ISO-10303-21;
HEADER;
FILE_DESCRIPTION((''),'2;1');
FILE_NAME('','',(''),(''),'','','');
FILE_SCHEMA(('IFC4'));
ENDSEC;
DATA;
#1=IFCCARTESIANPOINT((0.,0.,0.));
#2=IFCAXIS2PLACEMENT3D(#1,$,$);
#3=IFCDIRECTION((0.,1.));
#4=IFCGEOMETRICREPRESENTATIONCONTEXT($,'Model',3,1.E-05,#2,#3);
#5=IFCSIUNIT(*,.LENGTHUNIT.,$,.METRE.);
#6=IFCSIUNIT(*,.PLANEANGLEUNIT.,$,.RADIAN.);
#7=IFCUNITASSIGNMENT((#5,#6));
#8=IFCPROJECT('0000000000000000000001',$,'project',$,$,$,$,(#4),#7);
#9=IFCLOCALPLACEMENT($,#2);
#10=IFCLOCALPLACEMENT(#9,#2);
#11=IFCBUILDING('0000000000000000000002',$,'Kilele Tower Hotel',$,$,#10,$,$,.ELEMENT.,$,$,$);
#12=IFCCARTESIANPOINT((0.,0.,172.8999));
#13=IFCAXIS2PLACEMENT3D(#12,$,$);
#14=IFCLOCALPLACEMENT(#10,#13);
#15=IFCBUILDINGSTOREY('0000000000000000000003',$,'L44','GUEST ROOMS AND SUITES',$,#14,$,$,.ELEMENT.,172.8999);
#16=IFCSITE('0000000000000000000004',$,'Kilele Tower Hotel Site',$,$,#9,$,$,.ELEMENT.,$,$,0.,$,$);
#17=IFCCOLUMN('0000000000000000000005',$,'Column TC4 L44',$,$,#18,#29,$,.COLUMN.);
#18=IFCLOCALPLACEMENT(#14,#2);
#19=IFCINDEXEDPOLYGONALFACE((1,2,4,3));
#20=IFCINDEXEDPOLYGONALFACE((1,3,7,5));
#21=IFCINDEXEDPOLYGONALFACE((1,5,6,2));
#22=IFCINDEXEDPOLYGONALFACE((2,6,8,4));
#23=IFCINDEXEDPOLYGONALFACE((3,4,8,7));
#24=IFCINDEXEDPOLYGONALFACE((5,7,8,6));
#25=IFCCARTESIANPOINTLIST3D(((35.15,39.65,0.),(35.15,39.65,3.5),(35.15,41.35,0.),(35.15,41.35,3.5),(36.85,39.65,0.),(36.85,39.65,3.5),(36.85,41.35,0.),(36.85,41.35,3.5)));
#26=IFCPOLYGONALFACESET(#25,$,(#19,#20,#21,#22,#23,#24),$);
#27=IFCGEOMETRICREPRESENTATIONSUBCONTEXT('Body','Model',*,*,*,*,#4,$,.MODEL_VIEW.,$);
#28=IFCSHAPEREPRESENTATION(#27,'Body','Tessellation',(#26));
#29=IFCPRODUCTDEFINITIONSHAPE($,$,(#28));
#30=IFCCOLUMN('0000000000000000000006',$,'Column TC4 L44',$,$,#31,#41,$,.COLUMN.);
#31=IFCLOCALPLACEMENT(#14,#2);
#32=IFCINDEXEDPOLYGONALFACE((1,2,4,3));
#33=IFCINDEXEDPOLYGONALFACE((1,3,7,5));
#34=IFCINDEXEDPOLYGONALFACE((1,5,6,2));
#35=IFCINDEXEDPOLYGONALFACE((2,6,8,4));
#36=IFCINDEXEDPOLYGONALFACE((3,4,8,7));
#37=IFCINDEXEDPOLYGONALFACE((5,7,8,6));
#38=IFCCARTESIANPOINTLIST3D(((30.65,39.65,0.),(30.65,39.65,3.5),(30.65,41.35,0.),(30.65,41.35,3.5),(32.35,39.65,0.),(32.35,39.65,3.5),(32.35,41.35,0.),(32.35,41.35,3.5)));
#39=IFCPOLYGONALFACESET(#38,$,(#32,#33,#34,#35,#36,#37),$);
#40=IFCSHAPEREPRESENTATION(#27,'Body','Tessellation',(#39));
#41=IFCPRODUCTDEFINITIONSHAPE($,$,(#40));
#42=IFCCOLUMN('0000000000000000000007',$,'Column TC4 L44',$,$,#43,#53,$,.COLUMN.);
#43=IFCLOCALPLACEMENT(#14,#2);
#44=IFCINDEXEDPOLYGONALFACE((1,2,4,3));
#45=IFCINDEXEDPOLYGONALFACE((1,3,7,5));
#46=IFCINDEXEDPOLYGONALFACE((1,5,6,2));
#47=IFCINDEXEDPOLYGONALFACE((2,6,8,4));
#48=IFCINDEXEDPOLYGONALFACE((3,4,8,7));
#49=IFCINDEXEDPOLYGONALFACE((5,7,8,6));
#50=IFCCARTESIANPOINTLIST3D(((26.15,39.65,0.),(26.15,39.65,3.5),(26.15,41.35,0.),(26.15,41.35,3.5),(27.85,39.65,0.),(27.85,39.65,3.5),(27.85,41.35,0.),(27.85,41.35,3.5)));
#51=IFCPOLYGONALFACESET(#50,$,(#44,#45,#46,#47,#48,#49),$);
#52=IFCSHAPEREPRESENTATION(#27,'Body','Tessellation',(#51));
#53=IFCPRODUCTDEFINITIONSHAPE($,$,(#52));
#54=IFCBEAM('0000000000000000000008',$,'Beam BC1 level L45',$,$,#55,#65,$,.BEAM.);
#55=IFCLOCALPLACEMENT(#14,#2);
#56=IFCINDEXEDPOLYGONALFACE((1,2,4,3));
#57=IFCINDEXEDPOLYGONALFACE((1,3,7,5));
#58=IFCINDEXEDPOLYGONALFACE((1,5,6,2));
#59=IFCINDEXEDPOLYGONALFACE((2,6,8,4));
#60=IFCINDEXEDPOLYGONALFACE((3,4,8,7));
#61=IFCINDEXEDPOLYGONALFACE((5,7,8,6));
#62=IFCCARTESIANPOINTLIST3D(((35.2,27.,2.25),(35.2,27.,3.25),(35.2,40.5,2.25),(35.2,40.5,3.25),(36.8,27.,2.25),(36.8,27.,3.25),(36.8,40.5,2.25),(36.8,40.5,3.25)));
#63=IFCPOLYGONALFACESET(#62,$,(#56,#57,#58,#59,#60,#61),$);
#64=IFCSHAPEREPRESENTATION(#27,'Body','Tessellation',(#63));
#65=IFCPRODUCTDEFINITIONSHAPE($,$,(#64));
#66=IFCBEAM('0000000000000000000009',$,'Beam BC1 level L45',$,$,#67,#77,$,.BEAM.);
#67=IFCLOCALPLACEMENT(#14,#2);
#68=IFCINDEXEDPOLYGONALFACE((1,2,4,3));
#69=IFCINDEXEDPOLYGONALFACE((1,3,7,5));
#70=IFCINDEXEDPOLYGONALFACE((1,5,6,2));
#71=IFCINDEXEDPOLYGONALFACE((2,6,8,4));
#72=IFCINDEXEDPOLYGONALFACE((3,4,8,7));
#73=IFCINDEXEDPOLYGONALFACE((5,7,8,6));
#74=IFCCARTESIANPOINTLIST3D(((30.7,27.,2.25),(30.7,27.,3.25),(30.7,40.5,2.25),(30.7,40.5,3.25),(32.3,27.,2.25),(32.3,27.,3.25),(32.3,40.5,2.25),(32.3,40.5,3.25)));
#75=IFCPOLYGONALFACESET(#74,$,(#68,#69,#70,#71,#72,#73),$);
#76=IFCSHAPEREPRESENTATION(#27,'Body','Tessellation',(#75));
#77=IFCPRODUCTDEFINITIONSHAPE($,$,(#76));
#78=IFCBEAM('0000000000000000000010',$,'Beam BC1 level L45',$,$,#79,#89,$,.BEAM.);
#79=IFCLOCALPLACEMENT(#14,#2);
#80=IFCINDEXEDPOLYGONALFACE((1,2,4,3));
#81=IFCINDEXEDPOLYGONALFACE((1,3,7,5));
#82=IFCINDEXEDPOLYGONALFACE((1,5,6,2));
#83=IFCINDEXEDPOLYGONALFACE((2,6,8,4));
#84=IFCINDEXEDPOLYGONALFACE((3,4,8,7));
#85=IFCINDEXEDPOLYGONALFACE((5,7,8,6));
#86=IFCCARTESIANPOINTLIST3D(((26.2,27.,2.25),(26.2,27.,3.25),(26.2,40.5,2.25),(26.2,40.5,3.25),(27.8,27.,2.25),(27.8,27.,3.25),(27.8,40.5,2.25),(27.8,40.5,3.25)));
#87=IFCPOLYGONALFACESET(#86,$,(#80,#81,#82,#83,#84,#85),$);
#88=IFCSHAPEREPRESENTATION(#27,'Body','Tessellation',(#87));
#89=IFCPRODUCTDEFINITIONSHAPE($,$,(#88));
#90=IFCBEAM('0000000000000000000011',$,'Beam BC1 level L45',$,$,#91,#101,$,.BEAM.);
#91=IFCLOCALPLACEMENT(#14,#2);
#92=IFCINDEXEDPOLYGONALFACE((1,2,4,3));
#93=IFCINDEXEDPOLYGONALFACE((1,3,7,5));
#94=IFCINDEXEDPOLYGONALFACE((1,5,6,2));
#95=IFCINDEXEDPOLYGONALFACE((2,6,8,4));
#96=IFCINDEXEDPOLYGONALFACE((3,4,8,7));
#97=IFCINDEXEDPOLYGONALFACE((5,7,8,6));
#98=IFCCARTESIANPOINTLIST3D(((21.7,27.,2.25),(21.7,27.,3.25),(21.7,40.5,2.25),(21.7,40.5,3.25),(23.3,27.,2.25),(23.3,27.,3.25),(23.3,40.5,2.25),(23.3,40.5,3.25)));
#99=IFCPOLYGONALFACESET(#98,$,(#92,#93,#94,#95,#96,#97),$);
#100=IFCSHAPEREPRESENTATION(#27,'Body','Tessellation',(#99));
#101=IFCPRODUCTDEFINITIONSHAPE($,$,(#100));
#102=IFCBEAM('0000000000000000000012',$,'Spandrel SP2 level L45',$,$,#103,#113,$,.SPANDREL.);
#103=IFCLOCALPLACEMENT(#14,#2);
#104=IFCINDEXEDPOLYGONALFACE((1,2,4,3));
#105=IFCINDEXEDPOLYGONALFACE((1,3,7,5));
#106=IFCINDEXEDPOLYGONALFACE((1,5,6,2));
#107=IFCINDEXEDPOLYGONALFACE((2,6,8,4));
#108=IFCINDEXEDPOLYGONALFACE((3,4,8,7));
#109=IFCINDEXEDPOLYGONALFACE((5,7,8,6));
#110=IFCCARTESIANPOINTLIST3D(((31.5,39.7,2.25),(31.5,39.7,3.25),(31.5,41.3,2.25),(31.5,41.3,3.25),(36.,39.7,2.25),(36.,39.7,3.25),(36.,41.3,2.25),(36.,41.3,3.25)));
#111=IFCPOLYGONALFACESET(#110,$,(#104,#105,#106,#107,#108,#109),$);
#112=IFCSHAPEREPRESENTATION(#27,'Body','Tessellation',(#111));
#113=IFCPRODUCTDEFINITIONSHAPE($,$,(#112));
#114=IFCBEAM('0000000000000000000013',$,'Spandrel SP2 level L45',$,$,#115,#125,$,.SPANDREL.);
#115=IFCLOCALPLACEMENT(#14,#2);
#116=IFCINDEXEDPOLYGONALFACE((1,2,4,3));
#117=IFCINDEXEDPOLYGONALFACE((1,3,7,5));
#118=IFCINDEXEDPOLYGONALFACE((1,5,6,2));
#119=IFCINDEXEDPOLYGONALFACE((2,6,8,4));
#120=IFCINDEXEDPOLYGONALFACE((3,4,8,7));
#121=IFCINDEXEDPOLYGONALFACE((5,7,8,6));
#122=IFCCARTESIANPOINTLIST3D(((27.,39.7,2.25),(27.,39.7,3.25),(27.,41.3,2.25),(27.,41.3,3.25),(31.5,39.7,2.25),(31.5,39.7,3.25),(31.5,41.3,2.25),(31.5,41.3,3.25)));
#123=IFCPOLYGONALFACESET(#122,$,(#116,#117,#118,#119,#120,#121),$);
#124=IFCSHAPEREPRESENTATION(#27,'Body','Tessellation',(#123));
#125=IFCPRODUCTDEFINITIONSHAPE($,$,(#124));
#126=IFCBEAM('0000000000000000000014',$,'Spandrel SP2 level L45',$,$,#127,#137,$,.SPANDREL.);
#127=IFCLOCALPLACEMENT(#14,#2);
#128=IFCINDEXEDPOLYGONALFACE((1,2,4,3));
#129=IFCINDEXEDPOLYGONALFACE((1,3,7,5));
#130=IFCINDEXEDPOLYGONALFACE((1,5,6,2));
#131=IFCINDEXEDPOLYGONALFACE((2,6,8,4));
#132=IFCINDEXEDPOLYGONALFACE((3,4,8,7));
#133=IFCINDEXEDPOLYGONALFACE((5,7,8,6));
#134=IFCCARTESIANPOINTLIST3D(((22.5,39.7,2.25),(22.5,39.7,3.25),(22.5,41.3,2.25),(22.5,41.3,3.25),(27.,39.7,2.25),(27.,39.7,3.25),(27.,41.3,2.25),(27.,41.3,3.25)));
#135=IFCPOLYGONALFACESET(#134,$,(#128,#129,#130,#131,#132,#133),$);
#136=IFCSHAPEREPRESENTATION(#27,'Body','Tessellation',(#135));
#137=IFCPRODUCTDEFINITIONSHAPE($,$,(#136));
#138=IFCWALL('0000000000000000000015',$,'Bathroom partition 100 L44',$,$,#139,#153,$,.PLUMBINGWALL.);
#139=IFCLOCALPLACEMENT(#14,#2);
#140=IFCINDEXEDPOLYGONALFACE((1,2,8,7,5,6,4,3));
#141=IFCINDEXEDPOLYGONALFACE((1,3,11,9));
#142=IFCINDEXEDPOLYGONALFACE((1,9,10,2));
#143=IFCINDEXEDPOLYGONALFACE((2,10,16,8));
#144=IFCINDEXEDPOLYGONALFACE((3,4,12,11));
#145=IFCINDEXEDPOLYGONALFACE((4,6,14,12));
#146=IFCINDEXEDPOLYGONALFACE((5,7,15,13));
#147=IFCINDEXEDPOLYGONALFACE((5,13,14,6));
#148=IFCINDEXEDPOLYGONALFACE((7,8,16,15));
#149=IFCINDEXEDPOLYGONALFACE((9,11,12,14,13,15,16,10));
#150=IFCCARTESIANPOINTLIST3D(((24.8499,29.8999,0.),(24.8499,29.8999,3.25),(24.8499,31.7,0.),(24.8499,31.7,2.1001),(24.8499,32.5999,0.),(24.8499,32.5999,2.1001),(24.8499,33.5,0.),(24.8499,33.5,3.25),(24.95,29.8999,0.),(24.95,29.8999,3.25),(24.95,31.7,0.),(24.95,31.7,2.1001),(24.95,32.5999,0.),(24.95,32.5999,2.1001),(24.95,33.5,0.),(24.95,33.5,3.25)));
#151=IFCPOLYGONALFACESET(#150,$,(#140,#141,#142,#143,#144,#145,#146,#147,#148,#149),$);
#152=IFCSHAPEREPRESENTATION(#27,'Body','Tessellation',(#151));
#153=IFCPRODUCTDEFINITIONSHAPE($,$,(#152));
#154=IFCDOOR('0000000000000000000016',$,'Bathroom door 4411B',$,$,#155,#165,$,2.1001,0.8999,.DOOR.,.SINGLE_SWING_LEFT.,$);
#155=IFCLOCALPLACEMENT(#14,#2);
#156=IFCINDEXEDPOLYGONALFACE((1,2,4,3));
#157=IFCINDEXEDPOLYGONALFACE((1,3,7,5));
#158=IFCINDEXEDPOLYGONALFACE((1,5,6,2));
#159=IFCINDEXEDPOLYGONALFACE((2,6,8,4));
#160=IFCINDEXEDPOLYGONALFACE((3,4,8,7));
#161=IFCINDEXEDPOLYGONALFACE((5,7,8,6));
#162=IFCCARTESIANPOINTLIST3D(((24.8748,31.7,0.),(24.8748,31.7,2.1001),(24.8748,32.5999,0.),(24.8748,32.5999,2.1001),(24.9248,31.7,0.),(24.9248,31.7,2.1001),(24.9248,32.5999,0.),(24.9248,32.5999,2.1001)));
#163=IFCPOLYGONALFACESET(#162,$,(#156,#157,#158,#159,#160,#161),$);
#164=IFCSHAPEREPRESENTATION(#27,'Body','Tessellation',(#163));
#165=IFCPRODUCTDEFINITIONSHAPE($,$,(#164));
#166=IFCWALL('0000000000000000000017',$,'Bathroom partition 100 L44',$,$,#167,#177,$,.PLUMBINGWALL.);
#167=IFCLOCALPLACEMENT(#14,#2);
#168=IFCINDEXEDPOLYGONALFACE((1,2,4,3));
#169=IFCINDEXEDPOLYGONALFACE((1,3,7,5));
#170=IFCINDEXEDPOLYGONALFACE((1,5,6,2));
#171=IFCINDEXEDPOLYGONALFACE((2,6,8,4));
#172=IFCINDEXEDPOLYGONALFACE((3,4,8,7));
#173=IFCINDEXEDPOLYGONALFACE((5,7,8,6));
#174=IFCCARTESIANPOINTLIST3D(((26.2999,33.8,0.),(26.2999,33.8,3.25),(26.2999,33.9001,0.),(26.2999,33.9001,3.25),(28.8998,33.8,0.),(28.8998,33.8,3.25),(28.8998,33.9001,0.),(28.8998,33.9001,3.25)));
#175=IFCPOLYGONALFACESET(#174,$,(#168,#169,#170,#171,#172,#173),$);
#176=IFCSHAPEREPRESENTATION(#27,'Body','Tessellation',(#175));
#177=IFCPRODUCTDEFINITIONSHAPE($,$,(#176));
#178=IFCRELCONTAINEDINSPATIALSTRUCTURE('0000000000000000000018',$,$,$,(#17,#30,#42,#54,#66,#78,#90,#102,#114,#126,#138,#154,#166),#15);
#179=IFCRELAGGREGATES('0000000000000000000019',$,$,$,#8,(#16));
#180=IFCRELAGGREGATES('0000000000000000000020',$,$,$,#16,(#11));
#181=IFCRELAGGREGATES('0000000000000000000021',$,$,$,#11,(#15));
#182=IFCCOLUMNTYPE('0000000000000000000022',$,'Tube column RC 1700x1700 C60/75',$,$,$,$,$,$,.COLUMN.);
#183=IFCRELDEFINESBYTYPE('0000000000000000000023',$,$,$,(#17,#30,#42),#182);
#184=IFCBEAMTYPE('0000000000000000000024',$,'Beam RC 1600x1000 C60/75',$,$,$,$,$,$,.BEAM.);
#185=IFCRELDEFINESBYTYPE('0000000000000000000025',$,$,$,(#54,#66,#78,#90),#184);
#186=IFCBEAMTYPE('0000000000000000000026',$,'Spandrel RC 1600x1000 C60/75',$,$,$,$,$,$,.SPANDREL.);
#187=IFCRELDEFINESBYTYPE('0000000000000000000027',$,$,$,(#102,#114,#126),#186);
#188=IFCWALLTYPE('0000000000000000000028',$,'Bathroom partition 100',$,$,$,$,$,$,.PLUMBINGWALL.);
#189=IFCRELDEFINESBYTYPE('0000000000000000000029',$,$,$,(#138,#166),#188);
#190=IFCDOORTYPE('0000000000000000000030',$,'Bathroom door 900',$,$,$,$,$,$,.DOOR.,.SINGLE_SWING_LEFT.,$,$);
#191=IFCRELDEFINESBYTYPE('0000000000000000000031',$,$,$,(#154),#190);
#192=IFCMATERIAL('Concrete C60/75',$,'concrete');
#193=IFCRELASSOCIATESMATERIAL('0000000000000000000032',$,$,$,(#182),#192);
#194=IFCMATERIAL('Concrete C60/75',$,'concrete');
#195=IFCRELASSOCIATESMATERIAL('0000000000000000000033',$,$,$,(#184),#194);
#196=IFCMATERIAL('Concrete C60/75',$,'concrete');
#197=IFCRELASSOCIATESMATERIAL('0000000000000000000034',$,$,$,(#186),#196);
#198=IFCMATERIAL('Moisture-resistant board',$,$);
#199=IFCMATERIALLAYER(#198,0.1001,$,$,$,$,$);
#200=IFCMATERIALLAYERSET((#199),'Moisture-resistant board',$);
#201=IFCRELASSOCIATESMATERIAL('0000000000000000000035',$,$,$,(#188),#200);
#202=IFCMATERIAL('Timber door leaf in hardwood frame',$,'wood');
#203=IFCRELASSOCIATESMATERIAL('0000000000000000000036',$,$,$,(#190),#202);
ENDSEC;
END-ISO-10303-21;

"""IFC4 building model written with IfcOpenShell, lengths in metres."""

from ifc_helpers import new_model, si_unit, direction, frame, frame_2d, origin, origin_2d, place, context, subcontext, project, spatial, rectangle, extrude, material, layer, layer_set, material_profile, profile_set, type_object, element, fill, save


model = new_model("IFC4")

# Units and contexts
model_context = context("Model", 3, precision=1e-05, world=origin(), true_north=direction((0.0, 1.0)))
body_context = subcontext(model_context, "Body", "Model", "MODEL_VIEW")
ifc_project = project(units=[si_unit("LENGTHUNIT", "METRE"), si_unit("PLANEANGLEUNIT", "RADIAN")], contexts=[model_context])

# Site, building, storey
site_placement = place(None, origin())
site = spatial("IfcSite", under=ifc_project, at=site_placement, Name="Kilele Tower Hotel Site", CompositionType="ELEMENT", RefElevation=0.0)
building_placement = place(site_placement, origin())
building = spatial("IfcBuilding", under=site, at=building_placement, Name="Kilele Tower Hotel", CompositionType="ELEMENT")
storey_placement = place(building_placement, frame((0.0, 0.0, 172.8999)))
storey = spatial("IfcBuildingStorey", under=building, at=storey_placement, Name="L44", Description="GUEST ROOMS AND SUITES", CompositionType="ELEMENT", Elevation=172.8999)

# Columns
ifc_material_1 = material(Name="Concrete C60/75", Category="concrete")
ifc_material_profile_1 = material_profile(ifc_material_1, rectangle(XDim=1.7, YDim=1.7, at=origin_2d()))
ifc_profile_set_1 = profile_set([ifc_material_profile_1], Name="Concrete C60/75")
column_type = type_object("IfcColumnType", Name="Tube column RC 1700x1700 C60/75", PredefinedType="COLUMN", material=ifc_profile_set_1)
for number, where, z_axis, x_axis, name in (
    (1, (36.0, 40.5, 0.0), (0.0, 0.0, 1.0), (1.0, 0.0, 0.0), "Column TC4 L44"),
    (2, (31.5, 40.5, 0.0), (0.0, 0.0, 1.0), (1.0, 0.0, 0.0), "Column TC4 L44"),
    (3, (27.0, 40.5, 0.0), (0.0, 0.0, 1.0), (1.0, 0.0, 0.0), "Column TC4 L44"),
):
    element("IfcColumn", number, at=place(storey_placement, frame(where, z_axis=z_axis, x_axis=x_axis)), inside=storey, type_object=column_type, Name=name, PredefinedType="COLUMN", context=body_context, shape_type="SweptSolid", body=[
        extrude(rectangle(XDim=1.7, YDim=1.7, at=origin_2d()), origin(), (0.0, 0.0, 1.0), 3.5),
    ])

# Beams
ifc_material_2 = material(Name="Concrete C60/75", Category="concrete")
ifc_material_profile_2 = material_profile(ifc_material_2, rectangle(XDim=1.6001, YDim=1.0, at=origin_2d()))
ifc_profile_set_2 = profile_set([ifc_material_profile_2], Name="Concrete C60/75")
beam_type_1 = type_object("IfcBeamType", Name="Beam RC 1600x1000 C60/75", PredefinedType="BEAM", material=ifc_profile_set_2)
for number, where, z_axis, x_axis, name in (
    (4, (36.0, 40.5, 2.75), (0.0, -1.0, 0.0), (1.0, 0.0, 0.0), "Beam BC1 level L45"),
    (5, (31.5, 40.5, 2.75), (0.0, -1.0, 0.0), (1.0, 0.0, 0.0), "Beam BC1 level L45"),
    (6, (27.0, 40.5, 2.75), (0.0, -1.0, 0.0), (1.0, 0.0, 0.0), "Beam BC1 level L45"),
    (7, (22.5, 40.5, 2.75), (0.0, -1.0, 0.0), (1.0, 0.0, 0.0), "Beam BC1 level L45"),
):
    element("IfcBeam", number, at=place(storey_placement, frame(where, z_axis=z_axis, x_axis=x_axis)), inside=storey, type_object=beam_type_1, Name=name, PredefinedType="BEAM", context=body_context, shape_type="SweptSolid", body=[
        extrude(rectangle(XDim=1.6001, YDim=1.0, at=origin_2d()), origin(), (0.0, 0.0, 1.0), 13.5),
    ])
ifc_material_3 = material(Name="Concrete C60/75", Category="concrete")
ifc_material_profile_3 = material_profile(ifc_material_3, rectangle(XDim=1.6001, YDim=1.0, at=origin_2d()))
ifc_profile_set_3 = profile_set([ifc_material_profile_3], Name="Concrete C60/75")
beam_type_2 = type_object("IfcBeamType", Name="Spandrel RC 1600x1000 C60/75", PredefinedType="SPANDREL", material=ifc_profile_set_3)
for number, where, z_axis, x_axis, name in (
    (8, (36.0, 40.5, 2.75), (-1.0, 0.0, 0.0), (0.0, -1.0, 0.0), "Spandrel SP2 level L45"),
    (9, (31.5, 40.5, 2.75), (-1.0, 0.0, 0.0), (0.0, -1.0, 0.0), "Spandrel SP2 level L45"),
    (10, (27.0, 40.5, 2.75), (-1.0, 0.0, 0.0), (0.0, -1.0, 0.0), "Spandrel SP2 level L45"),
):
    element("IfcBeam", number, at=place(storey_placement, frame(where, z_axis=z_axis, x_axis=x_axis)), inside=storey, type_object=beam_type_2, Name=name, PredefinedType="SPANDREL", context=body_context, shape_type="SweptSolid", body=[
        extrude(rectangle(XDim=1.6001, YDim=1.0, at=origin_2d()), origin(), (0.0, 0.0, 1.0), 4.5),
    ])

# Wall, opening, door
ifc_material_4 = material(Name="Moisture-resistant board")
ifc_layer_1 = layer(ifc_material_4, 0.1001)
ifc_layer_set_1 = layer_set([ifc_layer_1], Name="Moisture-resistant board")
wall_type_1 = type_object("IfcWallType", Name="Bathroom partition 100", PredefinedType="PLUMBINGWALL", material=ifc_layer_set_1)
wall_1_placement = place(storey_placement, frame((24.8999, 29.8999, 0.0), z_axis=(0.0, 0.0, 1.0), x_axis=(0.0, 1.0, 0.0)))
wall_1 = element("IfcWall", 11, at=wall_1_placement, inside=storey, type_object=wall_type_1, Name="Bathroom partition 100 L44", PredefinedType="PLUMBINGWALL", context=body_context, shape_type="SweptSolid", body=[
    extrude(rectangle(XDim=3.6001, YDim=0.1001, at=frame_2d((1.8, 0.0))), origin(), (0.0, 0.0, 1.0), 3.25),
])
opening_1_placement = place(wall_1_placement, frame((2.7, 0.0, 0.0), z_axis=(0.0, 0.0, 1.0), x_axis=(-1.0, 0.0, 0.0)))
opening_1 = element("IfcOpeningElement", 12, at=opening_1_placement, cuts=wall_1, PredefinedType="OPENING", context=body_context, shape_type="SweptSolid", body=[
    extrude(rectangle(XDim=0.8999, YDim=2.1001, at=frame_2d((0.45, 1.05))), frame((0.0, 0.0601, 0.0), z_axis=(0.0, -1.0, 0.0), x_axis=(1.0, 0.0, 0.0)), (0.0, 0.0, 1.0), 0.1201),
])
ifc_material_5 = material(Name="Timber door leaf in hardwood frame", Category="wood")
door_type_1 = type_object("IfcDoorType", Name="Bathroom door 900", OperationType="SINGLE_SWING_LEFT", PredefinedType="DOOR", material=ifc_material_5)
door_1_placement = place(opening_1_placement, origin())
door_1 = element("IfcDoor", 13, at=door_1_placement, inside=storey, type_object=door_type_1, Name="Bathroom door 4411B", OperationType="SINGLE_SWING_LEFT", OverallHeight=2.1001, OverallWidth=0.8999, PredefinedType="DOOR", context=body_context, shape_type="SweptSolid", body=[
    extrude(rectangle(XDim=0.8999, YDim=2.1001, at=frame_2d((0.45, 1.05))), frame((0.0, 0.0249, 0.0), z_axis=(0.0, -1.0, 0.0), x_axis=(1.0, 0.0, 0.0)), (0.0, 0.0, 1.0), 0.05),
])
fill(opening_1, door_1)

# Wall
wall_2_placement = place(storey_placement, frame((26.3, 33.8501, 0.0), z_axis=(0.0, 0.0, 1.0), x_axis=(1.0, 0.0, 0.0)))
element("IfcWall", 14, at=wall_2_placement, inside=storey, type_object=wall_type_1, Name="Bathroom partition 100 L44", PredefinedType="PLUMBINGWALL", context=body_context, shape_type="SweptSolid", body=[
    extrude(rectangle(XDim=2.5999, YDim=0.1001, at=frame_2d((1.2998, 0.0))), origin(), (0.0, 0.0, 1.0), 3.25),
])

save(model, "model.ifc")
